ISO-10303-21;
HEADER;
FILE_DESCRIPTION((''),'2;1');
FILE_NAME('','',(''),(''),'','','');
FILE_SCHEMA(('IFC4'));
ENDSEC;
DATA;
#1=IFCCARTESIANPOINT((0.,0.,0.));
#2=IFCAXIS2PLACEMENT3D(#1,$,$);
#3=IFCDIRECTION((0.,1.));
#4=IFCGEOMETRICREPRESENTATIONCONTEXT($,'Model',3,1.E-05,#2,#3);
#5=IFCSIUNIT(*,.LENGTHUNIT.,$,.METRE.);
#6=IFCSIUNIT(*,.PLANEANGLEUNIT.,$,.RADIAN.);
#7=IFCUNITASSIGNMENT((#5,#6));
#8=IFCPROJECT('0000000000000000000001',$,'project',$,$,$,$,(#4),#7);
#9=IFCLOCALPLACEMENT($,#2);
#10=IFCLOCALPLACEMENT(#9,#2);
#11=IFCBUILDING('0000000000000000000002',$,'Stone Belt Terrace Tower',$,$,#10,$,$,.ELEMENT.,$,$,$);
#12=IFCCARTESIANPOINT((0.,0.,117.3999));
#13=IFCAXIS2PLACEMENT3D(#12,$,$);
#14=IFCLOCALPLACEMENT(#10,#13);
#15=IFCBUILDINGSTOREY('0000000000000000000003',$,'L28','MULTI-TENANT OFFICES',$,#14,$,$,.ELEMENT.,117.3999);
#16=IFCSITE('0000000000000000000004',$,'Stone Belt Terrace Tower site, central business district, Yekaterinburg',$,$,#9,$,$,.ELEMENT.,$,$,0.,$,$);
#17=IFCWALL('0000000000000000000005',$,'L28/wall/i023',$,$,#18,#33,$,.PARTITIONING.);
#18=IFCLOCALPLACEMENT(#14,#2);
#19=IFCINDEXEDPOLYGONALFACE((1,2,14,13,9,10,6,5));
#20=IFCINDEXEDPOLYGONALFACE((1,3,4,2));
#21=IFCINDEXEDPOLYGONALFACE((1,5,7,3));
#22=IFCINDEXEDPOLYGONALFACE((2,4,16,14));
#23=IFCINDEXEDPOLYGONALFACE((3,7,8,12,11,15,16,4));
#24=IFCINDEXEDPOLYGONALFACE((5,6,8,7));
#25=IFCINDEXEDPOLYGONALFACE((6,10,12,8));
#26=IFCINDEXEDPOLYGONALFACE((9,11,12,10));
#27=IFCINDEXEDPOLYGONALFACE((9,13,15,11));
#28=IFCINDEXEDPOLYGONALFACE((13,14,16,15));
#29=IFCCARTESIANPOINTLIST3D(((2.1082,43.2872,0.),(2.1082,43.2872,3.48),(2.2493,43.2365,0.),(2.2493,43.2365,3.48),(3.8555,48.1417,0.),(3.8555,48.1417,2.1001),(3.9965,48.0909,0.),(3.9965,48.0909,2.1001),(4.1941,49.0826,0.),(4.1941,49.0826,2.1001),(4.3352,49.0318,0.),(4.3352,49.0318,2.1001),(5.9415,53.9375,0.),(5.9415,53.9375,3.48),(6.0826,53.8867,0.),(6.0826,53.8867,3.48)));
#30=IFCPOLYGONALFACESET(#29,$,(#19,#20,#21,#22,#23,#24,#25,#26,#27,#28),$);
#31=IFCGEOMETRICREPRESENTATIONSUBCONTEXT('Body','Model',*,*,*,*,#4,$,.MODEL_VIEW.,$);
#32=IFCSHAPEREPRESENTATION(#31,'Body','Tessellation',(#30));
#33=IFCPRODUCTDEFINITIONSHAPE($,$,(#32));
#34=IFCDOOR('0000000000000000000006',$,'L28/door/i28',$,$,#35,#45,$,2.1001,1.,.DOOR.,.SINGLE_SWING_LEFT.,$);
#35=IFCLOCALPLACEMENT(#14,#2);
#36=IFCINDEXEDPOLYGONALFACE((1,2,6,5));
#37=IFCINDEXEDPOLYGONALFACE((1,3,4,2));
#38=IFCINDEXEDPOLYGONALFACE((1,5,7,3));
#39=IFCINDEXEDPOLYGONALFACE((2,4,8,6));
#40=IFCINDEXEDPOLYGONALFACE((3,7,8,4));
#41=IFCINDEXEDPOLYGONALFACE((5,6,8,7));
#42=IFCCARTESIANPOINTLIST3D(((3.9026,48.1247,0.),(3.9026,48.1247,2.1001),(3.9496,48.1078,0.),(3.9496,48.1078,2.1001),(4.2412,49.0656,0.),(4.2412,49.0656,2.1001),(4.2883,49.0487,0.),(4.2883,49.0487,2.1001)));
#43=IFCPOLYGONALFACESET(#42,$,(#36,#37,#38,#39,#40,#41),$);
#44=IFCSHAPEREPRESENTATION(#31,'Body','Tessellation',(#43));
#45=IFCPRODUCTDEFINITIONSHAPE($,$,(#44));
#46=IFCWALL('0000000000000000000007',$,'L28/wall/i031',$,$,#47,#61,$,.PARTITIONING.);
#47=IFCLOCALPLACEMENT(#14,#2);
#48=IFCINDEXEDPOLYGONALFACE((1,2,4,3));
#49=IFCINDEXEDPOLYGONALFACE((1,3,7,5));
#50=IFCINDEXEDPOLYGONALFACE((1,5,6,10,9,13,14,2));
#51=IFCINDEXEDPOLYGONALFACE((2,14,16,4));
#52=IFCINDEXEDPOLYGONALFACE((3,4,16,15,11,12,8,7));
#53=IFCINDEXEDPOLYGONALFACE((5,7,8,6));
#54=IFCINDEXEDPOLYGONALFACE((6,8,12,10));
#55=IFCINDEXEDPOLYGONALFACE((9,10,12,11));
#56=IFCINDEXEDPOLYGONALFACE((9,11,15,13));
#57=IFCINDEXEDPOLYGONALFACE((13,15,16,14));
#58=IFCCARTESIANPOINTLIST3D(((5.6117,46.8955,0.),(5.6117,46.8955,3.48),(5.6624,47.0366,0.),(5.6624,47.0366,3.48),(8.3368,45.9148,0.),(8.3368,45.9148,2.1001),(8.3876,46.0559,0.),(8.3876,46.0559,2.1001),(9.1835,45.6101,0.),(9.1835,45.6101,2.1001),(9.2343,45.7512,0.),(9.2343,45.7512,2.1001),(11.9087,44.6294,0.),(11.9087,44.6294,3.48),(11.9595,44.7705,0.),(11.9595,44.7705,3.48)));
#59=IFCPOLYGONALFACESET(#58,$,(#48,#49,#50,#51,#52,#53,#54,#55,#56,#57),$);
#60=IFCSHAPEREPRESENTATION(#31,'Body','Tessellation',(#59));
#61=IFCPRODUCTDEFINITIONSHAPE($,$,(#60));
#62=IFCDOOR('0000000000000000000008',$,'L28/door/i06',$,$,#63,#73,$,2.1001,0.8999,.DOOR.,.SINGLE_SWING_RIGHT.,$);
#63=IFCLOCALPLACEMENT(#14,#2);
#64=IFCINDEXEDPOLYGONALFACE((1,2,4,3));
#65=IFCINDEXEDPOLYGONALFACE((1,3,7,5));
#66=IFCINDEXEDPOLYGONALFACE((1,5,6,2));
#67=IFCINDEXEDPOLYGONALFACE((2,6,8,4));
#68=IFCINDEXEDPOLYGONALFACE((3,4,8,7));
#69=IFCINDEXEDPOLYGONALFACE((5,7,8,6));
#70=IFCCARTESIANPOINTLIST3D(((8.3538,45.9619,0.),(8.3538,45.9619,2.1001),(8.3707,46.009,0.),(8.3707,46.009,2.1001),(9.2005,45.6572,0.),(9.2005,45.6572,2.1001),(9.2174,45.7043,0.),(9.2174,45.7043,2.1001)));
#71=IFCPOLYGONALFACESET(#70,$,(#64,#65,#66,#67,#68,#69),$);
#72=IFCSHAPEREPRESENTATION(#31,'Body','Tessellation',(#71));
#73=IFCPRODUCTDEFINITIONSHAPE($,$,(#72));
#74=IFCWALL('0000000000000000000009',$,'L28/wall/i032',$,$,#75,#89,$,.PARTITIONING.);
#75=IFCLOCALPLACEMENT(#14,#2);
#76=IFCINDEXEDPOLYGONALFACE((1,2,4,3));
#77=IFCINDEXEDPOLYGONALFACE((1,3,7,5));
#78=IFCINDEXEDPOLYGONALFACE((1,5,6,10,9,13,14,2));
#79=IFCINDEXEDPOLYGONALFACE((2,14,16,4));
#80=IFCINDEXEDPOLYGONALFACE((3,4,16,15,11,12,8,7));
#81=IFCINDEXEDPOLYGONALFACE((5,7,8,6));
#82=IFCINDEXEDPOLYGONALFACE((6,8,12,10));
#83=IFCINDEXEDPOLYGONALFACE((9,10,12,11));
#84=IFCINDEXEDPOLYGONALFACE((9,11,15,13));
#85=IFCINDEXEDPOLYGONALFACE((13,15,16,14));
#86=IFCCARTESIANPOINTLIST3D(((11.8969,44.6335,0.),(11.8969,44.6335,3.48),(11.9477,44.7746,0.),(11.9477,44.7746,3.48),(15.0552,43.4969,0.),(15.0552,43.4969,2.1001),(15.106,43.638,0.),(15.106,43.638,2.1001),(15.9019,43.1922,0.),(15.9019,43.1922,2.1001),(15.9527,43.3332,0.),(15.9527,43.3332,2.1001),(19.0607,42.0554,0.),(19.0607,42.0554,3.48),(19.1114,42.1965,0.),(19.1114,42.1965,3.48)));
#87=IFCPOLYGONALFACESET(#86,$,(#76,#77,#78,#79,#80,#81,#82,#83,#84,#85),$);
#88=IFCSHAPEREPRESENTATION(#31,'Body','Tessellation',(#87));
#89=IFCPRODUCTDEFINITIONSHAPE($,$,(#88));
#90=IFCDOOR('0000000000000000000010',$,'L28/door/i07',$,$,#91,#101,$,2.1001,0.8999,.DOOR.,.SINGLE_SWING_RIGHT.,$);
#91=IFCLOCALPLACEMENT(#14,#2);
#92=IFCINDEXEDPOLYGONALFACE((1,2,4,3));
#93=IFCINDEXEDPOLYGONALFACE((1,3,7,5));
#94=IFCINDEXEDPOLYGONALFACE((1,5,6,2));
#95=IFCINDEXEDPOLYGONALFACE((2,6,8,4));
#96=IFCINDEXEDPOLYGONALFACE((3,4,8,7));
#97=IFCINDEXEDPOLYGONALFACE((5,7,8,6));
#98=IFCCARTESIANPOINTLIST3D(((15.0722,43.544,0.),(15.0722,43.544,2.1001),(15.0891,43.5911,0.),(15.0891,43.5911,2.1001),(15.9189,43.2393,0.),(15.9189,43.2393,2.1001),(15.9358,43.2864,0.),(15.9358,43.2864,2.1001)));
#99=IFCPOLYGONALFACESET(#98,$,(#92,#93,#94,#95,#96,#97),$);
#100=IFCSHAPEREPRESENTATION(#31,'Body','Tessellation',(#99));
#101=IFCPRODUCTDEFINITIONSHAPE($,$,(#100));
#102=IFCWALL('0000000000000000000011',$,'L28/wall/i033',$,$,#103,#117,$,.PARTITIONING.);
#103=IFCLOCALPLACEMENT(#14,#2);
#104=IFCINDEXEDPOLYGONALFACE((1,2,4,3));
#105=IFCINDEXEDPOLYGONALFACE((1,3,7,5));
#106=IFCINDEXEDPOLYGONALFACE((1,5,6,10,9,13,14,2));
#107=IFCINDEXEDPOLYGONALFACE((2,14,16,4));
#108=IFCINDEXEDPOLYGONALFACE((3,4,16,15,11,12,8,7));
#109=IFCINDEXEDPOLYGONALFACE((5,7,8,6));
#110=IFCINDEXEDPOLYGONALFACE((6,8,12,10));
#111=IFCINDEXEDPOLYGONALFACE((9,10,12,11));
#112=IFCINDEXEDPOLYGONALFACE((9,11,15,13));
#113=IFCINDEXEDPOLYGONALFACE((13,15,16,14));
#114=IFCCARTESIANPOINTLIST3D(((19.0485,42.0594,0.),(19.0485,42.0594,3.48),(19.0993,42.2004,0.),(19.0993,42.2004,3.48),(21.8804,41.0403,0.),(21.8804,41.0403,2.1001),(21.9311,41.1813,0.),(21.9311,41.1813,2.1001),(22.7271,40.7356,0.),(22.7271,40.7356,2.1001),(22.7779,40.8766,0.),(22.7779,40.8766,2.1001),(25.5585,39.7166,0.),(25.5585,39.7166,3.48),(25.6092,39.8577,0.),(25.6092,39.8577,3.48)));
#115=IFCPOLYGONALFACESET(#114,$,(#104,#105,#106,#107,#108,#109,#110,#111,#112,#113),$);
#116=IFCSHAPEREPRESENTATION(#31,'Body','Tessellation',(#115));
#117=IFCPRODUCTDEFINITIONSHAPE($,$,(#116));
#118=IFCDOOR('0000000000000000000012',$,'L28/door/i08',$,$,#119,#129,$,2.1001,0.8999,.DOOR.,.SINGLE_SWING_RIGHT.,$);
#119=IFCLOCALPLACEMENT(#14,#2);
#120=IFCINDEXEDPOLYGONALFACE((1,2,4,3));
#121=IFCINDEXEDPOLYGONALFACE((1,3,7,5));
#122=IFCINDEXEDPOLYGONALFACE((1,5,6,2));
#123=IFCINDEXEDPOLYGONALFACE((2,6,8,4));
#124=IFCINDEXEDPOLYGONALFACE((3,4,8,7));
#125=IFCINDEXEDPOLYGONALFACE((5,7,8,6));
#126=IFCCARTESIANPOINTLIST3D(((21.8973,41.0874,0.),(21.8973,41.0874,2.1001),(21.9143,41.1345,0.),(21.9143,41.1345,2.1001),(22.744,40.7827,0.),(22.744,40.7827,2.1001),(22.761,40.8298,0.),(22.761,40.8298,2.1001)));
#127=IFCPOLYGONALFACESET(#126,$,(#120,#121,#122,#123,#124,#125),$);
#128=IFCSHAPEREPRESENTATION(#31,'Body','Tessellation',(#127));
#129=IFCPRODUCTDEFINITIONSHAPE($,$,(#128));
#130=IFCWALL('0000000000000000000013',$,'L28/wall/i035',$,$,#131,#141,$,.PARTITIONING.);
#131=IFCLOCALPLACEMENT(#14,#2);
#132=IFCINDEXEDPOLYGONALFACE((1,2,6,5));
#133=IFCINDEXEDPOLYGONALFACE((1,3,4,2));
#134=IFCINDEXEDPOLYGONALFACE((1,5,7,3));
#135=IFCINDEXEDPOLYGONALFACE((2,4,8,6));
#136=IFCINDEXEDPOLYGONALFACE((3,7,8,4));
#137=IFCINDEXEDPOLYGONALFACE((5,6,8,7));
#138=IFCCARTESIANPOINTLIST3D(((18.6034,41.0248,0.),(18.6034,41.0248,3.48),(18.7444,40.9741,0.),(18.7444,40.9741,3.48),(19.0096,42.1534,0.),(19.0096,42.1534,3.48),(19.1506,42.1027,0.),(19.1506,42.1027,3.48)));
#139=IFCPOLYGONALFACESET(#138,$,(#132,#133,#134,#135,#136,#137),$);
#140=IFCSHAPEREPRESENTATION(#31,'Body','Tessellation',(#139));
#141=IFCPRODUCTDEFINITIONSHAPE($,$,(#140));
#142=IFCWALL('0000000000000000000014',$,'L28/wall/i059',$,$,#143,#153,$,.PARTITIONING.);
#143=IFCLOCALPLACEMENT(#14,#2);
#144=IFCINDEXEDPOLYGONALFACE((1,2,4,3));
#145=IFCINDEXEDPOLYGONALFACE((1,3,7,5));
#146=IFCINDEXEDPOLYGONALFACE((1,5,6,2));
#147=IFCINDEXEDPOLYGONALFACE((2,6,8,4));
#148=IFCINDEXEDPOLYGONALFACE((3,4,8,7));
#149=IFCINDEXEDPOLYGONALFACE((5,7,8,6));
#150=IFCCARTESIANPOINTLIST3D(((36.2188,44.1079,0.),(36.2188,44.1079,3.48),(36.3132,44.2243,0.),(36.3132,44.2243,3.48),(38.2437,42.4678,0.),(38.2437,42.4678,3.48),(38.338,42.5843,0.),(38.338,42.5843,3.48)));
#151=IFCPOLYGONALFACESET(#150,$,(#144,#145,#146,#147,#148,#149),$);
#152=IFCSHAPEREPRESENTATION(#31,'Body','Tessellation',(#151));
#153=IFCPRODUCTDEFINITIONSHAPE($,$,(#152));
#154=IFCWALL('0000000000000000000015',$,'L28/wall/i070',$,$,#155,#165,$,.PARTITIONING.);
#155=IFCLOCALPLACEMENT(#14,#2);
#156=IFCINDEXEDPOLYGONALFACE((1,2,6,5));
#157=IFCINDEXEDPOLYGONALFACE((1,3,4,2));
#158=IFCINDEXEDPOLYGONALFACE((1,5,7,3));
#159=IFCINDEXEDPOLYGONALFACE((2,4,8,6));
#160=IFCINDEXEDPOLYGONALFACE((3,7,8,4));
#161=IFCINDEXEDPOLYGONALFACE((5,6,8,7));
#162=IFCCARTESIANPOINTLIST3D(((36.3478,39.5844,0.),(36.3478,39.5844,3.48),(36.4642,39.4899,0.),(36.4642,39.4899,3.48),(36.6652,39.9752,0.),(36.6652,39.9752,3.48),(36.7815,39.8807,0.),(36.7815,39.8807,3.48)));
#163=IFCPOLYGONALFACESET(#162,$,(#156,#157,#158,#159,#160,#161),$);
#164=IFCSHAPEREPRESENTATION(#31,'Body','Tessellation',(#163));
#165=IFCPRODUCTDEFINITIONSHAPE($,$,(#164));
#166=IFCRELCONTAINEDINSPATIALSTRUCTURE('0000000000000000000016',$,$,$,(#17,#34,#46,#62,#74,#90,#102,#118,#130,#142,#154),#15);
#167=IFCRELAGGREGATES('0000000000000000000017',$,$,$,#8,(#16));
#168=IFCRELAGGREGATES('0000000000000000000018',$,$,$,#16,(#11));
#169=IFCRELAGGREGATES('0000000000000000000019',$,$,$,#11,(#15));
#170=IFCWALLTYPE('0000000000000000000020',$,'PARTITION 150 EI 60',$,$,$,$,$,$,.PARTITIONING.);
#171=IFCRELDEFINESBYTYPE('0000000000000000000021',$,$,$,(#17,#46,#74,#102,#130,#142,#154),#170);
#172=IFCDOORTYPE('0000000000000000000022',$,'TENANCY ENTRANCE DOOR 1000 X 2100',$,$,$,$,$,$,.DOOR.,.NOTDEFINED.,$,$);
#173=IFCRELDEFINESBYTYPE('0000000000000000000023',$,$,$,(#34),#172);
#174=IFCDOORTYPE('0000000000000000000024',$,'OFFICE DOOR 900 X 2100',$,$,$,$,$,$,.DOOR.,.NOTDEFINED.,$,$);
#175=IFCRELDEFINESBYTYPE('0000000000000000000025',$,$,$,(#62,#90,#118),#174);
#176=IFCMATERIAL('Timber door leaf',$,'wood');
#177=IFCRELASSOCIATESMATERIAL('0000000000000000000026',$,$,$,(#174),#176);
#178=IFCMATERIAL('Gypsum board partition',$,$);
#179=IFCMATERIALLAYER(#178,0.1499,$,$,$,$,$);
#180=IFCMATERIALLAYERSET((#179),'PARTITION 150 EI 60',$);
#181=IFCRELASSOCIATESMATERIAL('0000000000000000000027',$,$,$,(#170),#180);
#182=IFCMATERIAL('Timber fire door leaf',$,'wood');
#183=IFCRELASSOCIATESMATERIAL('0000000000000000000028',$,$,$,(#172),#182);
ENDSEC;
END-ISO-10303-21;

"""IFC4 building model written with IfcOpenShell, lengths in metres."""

from ifc_helpers import new_model, si_unit, direction, frame, frame_2d, origin, place, context, subcontext, project, spatial, rectangle, extrude, material, layer, layer_set, type_object, element, fill, save


model = new_model("IFC4")

# Units and contexts
model_context = context("Model", 3, precision=1e-05, world=origin(), true_north=direction((0.0, 1.0)))
body_context = subcontext(model_context, "Body", "Model", "MODEL_VIEW")
ifc_project = project(units=[si_unit("LENGTHUNIT", "METRE"), si_unit("PLANEANGLEUNIT", "RADIAN")], contexts=[model_context])

# Site, building, storey
site_placement = place(None, origin())
site = spatial("IfcSite", under=ifc_project, at=site_placement, Name="Stone Belt Terrace Tower site, central business district, Yekaterinburg", CompositionType="ELEMENT", RefElevation=0.0)
building_placement = place(site_placement, origin())
building = spatial("IfcBuilding", under=site, at=building_placement, Name="Stone Belt Terrace Tower", CompositionType="ELEMENT")
storey_placement = place(building_placement, frame((0.0, 0.0, 117.3999)))
storey = spatial("IfcBuildingStorey", under=building, at=storey_placement, Name="L28", Description="MULTI-TENANT OFFICES", CompositionType="ELEMENT", Elevation=117.3999)

# Walls, openings, doors
ifc_material_1 = material(Name="Timber door leaf", Category="wood")
ifc_material_2 = material(Name="Gypsum board partition")
door_type_1 = type_object("IfcDoorType", Name="OFFICE DOOR 900 X 2100", OperationType="NOTDEFINED", PredefinedType="DOOR", material=ifc_material_1)
ifc_layer_1 = layer(ifc_material_2, 0.1499)
ifc_layer_set_1 = layer_set([ifc_layer_1], Name="PARTITION 150 EI 60")
wall_type_1 = type_object("IfcWallType", Name="PARTITION 150 EI 60", PredefinedType="PARTITIONING", material=ifc_layer_set_1)
wall_1_placement = place(storey_placement, frame((2.1787, 43.2617, 0.0), z_axis=(0.0, 0.0, 1.0), x_axis=(0.338657, 0.94091, 0.0)))
wall_1 = element("IfcWall", 1, at=wall_1_placement, inside=storey, type_object=wall_type_1, Name="L28/wall/i023", PredefinedType="PARTITIONING", context=body_context, shape_type="SweptSolid", body=[
    extrude(rectangle(XDim=11.3191, YDim=0.1499, at=frame_2d((5.6597, 0.0))), origin(), (0.0, 0.0, 1.0), 3.48),
])
opening_1_placement = place(wall_1_placement, frame((5.1594, 0.0, 0.0)))
opening_1 = element("IfcOpeningElement", 2, at=opening_1_placement, cuts=wall_1, PredefinedType="OPENING", context=body_context, shape_type="SweptSolid", body=[
    extrude(rectangle(XDim=1.0, YDim=2.1001, at=frame_2d((0.5, 1.05))), frame((0.0, 0.085, 0.0), z_axis=(0.0, -1.0, 0.0), x_axis=(1.0, 0.0, 0.0)), (0.0, 0.0, 1.0), 0.1699),
])
ifc_material_3 = material(Name="Timber fire door leaf", Category="wood")
door_type_2 = type_object("IfcDoorType", Name="TENANCY ENTRANCE DOOR 1000 X 2100", OperationType="NOTDEFINED", PredefinedType="DOOR", material=ifc_material_3)
door_1_placement = place(opening_1_placement, origin())
door_1 = element("IfcDoor", 3, at=door_1_placement, inside=storey, type_object=door_type_2, Name="L28/door/i28", OperationType="SINGLE_SWING_LEFT", OverallHeight=2.1001, OverallWidth=1.0, PredefinedType="DOOR", context=body_context, shape_type="SweptSolid", body=[
    extrude(rectangle(XDim=1.0, YDim=2.1001, at=frame_2d((0.5, 1.05))), frame((0.0, 0.0249, 0.0), z_axis=(0.0, -1.0, 0.0), x_axis=(1.0, 0.0, 0.0)), (0.0, 0.0, 1.0), 0.05),
])
fill(opening_1, door_1)
wall_2_placement = place(storey_placement, frame((11.9341, 44.7, 0.0), z_axis=(0.0, 0.0, 1.0), x_axis=(-0.940928, 0.338607, 0.0)))
wall_2 = element("IfcWall", 4, at=wall_2_placement, inside=storey, type_object=wall_type_1, Name="L28/wall/i031", PredefinedType="PARTITIONING", context=body_context, shape_type="SweptSolid", body=[
    extrude(rectangle(XDim=6.6924, YDim=0.1499, at=frame_2d((3.3462, 0.0))), origin(), (0.0, 0.0, 1.0), 3.48),
])
opening_2_placement = place(wall_2_placement, frame((2.8962, 0.0, 0.0)))
opening_2 = element("IfcOpeningElement", 5, at=opening_2_placement, cuts=wall_2, PredefinedType="OPENING", context=body_context, shape_type="SweptSolid", body=[
    extrude(rectangle(XDim=0.8999, YDim=2.1001, at=frame_2d((0.45, 1.05))), frame((0.0, 0.085, 0.0), z_axis=(0.0, -1.0, 0.0), x_axis=(1.0, 0.0, 0.0)), (0.0, 0.0, 1.0), 0.1699),
])
door_2_placement = place(opening_2_placement, origin())
door_2 = element("IfcDoor", 6, at=door_2_placement, inside=storey, type_object=door_type_1, Name="L28/door/i06", OperationType="SINGLE_SWING_RIGHT", OverallHeight=2.1001, OverallWidth=0.8999, PredefinedType="DOOR", context=body_context, shape_type="SweptSolid", body=[
    extrude(rectangle(XDim=0.8999, YDim=2.1001, at=frame_2d((0.45, 1.05))), frame((0.0, 0.0249, 0.0), z_axis=(0.0, -1.0, 0.0), x_axis=(1.0, 0.0, 0.0)), (0.0, 0.0, 1.0), 0.05),
])
fill(opening_2, door_2)
wall_3_placement = place(storey_placement, frame((19.0859, 42.126, 0.0), z_axis=(0.0, 0.0, 1.0), x_axis=(-0.940923, 0.338621, 0.0)))
wall_3 = element("IfcWall", 7, at=wall_3_placement, inside=storey, type_object=wall_type_1, Name="L28/wall/i032", PredefinedType="PARTITIONING", context=body_context, shape_type="SweptSolid", body=[
    extrude(rectangle(XDim=7.6135, YDim=0.1499, at=frame_2d((3.8066, 0.0))), origin(), (0.0, 0.0, 1.0), 3.48),
])
opening_3_placement = place(wall_3_placement, frame((3.3569, 0.0, 0.0)))
opening_3 = element("IfcOpeningElement", 8, at=opening_3_placement, cuts=wall_3, PredefinedType="OPENING", context=body_context, shape_type="SweptSolid", body=[
    extrude(rectangle(XDim=0.8999, YDim=2.1001, at=frame_2d((0.45, 1.05))), frame((0.0, 0.085, 0.0), z_axis=(0.0, -1.0, 0.0), x_axis=(1.0, 0.0, 0.0)), (0.0, 0.0, 1.0), 0.1699),
])
door_3_placement = place(opening_3_placement, origin())
door_3 = element("IfcDoor", 9, at=door_3_placement, inside=storey, type_object=door_type_1, Name="L28/door/i07", OperationType="SINGLE_SWING_RIGHT", OverallHeight=2.1001, OverallWidth=0.8999, PredefinedType="DOOR", context=body_context, shape_type="SweptSolid", body=[
    extrude(rectangle(XDim=0.8999, YDim=2.1001, at=frame_2d((0.45, 1.05))), frame((0.0, 0.0249, 0.0), z_axis=(0.0, -1.0, 0.0), x_axis=(1.0, 0.0, 0.0)), (0.0, 0.0, 1.0), 0.05),
])
fill(opening_3, door_3)
wall_4_placement = place(storey_placement, frame((25.584, 39.7871, 0.0), z_axis=(0.0, 0.0, 1.0), x_axis=(-0.940926, 0.338613, 0.0)))
wall_4 = element("IfcWall", 10, at=wall_4_placement, inside=storey, type_object=wall_type_1, Name="L28/wall/i033", PredefinedType="PARTITIONING", context=body_context, shape_type="SweptSolid", body=[
    extrude(rectangle(XDim=6.9187, YDim=0.1499, at=frame_2d((3.4595, 0.0))), origin(), (0.0, 0.0, 1.0), 3.48),
])
opening_4_placement = place(wall_4_placement, frame((3.0093, 0.0, 0.0)))
opening_4 = element("IfcOpeningElement", 11, at=opening_4_placement, cuts=wall_4, PredefinedType="OPENING", context=body_context, shape_type="SweptSolid", body=[
    extrude(rectangle(XDim=0.8999, YDim=2.1001, at=frame_2d((0.45, 1.05))), frame((0.0, 0.085, 0.0), z_axis=(0.0, -1.0, 0.0), x_axis=(1.0, 0.0, 0.0)), (0.0, 0.0, 1.0), 0.1699),
])
door_4_placement = place(opening_4_placement, origin())
door_4 = element("IfcDoor", 12, at=door_4_placement, inside=storey, type_object=door_type_1, Name="L28/door/i08", OperationType="SINGLE_SWING_RIGHT", OverallHeight=2.1001, OverallWidth=0.8999, PredefinedType="DOOR", context=body_context, shape_type="SweptSolid", body=[
    extrude(rectangle(XDim=0.8999, YDim=2.1001, at=frame_2d((0.45, 1.05))), frame((0.0, 0.0249, 0.0), z_axis=(0.0, -1.0, 0.0), x_axis=(1.0, 0.0, 0.0)), (0.0, 0.0, 1.0), 0.05),
])
fill(opening_4, door_4)

# Walls
wall_5_placement = place(storey_placement, frame((19.0801, 42.1279, 0.0), z_axis=(0.0, 0.0, 1.0), x_axis=(-0.338669, -0.940906, 0.0)))
element("IfcWall", 13, at=wall_5_placement, inside=storey, type_object=wall_type_1, Name="L28/wall/i035", PredefinedType="PARTITIONING", context=body_context, shape_type="SweptSolid", body=[
    extrude(rectangle(XDim=1.1995, YDim=0.1499, at=frame_2d((0.5996, 0.0))), origin(), (0.0, 0.0, 1.0), 3.48),
])
wall_6_placement = place(storey_placement, frame((36.2661, 44.166, 0.0), z_axis=(0.0, 0.0, 1.0), x_axis=(0.77707, -0.629414, 0.0)))
element("IfcWall", 14, at=wall_6_placement, inside=storey, type_object=wall_type_1, Name="L28/wall/i059", PredefinedType="PARTITIONING", context=body_context, shape_type="SweptSolid", body=[
    extrude(rectangle(XDim=2.6057, YDim=0.1499, at=frame_2d((1.3027, 0.0))), origin(), (0.0, 0.0, 1.0), 3.48),
])
wall_7_placement = place(storey_placement, frame((36.406, 39.5371, 0.0), z_axis=(0.0, 0.0, 1.0), x_axis=(0.630355, 0.776307, 0.0)))
element("IfcWall", 15, at=wall_7_placement, inside=storey, type_object=wall_type_1, Name="L28/wall/i070", PredefinedType="PARTITIONING", context=body_context, shape_type="SweptSolid", body=[
    extrude(rectangle(XDim=0.5034, YDim=0.1499, at=frame_2d((0.2517, 0.0))), origin(), (0.0, 0.0, 1.0), 3.48),
])

save(model, "model.ifc")
